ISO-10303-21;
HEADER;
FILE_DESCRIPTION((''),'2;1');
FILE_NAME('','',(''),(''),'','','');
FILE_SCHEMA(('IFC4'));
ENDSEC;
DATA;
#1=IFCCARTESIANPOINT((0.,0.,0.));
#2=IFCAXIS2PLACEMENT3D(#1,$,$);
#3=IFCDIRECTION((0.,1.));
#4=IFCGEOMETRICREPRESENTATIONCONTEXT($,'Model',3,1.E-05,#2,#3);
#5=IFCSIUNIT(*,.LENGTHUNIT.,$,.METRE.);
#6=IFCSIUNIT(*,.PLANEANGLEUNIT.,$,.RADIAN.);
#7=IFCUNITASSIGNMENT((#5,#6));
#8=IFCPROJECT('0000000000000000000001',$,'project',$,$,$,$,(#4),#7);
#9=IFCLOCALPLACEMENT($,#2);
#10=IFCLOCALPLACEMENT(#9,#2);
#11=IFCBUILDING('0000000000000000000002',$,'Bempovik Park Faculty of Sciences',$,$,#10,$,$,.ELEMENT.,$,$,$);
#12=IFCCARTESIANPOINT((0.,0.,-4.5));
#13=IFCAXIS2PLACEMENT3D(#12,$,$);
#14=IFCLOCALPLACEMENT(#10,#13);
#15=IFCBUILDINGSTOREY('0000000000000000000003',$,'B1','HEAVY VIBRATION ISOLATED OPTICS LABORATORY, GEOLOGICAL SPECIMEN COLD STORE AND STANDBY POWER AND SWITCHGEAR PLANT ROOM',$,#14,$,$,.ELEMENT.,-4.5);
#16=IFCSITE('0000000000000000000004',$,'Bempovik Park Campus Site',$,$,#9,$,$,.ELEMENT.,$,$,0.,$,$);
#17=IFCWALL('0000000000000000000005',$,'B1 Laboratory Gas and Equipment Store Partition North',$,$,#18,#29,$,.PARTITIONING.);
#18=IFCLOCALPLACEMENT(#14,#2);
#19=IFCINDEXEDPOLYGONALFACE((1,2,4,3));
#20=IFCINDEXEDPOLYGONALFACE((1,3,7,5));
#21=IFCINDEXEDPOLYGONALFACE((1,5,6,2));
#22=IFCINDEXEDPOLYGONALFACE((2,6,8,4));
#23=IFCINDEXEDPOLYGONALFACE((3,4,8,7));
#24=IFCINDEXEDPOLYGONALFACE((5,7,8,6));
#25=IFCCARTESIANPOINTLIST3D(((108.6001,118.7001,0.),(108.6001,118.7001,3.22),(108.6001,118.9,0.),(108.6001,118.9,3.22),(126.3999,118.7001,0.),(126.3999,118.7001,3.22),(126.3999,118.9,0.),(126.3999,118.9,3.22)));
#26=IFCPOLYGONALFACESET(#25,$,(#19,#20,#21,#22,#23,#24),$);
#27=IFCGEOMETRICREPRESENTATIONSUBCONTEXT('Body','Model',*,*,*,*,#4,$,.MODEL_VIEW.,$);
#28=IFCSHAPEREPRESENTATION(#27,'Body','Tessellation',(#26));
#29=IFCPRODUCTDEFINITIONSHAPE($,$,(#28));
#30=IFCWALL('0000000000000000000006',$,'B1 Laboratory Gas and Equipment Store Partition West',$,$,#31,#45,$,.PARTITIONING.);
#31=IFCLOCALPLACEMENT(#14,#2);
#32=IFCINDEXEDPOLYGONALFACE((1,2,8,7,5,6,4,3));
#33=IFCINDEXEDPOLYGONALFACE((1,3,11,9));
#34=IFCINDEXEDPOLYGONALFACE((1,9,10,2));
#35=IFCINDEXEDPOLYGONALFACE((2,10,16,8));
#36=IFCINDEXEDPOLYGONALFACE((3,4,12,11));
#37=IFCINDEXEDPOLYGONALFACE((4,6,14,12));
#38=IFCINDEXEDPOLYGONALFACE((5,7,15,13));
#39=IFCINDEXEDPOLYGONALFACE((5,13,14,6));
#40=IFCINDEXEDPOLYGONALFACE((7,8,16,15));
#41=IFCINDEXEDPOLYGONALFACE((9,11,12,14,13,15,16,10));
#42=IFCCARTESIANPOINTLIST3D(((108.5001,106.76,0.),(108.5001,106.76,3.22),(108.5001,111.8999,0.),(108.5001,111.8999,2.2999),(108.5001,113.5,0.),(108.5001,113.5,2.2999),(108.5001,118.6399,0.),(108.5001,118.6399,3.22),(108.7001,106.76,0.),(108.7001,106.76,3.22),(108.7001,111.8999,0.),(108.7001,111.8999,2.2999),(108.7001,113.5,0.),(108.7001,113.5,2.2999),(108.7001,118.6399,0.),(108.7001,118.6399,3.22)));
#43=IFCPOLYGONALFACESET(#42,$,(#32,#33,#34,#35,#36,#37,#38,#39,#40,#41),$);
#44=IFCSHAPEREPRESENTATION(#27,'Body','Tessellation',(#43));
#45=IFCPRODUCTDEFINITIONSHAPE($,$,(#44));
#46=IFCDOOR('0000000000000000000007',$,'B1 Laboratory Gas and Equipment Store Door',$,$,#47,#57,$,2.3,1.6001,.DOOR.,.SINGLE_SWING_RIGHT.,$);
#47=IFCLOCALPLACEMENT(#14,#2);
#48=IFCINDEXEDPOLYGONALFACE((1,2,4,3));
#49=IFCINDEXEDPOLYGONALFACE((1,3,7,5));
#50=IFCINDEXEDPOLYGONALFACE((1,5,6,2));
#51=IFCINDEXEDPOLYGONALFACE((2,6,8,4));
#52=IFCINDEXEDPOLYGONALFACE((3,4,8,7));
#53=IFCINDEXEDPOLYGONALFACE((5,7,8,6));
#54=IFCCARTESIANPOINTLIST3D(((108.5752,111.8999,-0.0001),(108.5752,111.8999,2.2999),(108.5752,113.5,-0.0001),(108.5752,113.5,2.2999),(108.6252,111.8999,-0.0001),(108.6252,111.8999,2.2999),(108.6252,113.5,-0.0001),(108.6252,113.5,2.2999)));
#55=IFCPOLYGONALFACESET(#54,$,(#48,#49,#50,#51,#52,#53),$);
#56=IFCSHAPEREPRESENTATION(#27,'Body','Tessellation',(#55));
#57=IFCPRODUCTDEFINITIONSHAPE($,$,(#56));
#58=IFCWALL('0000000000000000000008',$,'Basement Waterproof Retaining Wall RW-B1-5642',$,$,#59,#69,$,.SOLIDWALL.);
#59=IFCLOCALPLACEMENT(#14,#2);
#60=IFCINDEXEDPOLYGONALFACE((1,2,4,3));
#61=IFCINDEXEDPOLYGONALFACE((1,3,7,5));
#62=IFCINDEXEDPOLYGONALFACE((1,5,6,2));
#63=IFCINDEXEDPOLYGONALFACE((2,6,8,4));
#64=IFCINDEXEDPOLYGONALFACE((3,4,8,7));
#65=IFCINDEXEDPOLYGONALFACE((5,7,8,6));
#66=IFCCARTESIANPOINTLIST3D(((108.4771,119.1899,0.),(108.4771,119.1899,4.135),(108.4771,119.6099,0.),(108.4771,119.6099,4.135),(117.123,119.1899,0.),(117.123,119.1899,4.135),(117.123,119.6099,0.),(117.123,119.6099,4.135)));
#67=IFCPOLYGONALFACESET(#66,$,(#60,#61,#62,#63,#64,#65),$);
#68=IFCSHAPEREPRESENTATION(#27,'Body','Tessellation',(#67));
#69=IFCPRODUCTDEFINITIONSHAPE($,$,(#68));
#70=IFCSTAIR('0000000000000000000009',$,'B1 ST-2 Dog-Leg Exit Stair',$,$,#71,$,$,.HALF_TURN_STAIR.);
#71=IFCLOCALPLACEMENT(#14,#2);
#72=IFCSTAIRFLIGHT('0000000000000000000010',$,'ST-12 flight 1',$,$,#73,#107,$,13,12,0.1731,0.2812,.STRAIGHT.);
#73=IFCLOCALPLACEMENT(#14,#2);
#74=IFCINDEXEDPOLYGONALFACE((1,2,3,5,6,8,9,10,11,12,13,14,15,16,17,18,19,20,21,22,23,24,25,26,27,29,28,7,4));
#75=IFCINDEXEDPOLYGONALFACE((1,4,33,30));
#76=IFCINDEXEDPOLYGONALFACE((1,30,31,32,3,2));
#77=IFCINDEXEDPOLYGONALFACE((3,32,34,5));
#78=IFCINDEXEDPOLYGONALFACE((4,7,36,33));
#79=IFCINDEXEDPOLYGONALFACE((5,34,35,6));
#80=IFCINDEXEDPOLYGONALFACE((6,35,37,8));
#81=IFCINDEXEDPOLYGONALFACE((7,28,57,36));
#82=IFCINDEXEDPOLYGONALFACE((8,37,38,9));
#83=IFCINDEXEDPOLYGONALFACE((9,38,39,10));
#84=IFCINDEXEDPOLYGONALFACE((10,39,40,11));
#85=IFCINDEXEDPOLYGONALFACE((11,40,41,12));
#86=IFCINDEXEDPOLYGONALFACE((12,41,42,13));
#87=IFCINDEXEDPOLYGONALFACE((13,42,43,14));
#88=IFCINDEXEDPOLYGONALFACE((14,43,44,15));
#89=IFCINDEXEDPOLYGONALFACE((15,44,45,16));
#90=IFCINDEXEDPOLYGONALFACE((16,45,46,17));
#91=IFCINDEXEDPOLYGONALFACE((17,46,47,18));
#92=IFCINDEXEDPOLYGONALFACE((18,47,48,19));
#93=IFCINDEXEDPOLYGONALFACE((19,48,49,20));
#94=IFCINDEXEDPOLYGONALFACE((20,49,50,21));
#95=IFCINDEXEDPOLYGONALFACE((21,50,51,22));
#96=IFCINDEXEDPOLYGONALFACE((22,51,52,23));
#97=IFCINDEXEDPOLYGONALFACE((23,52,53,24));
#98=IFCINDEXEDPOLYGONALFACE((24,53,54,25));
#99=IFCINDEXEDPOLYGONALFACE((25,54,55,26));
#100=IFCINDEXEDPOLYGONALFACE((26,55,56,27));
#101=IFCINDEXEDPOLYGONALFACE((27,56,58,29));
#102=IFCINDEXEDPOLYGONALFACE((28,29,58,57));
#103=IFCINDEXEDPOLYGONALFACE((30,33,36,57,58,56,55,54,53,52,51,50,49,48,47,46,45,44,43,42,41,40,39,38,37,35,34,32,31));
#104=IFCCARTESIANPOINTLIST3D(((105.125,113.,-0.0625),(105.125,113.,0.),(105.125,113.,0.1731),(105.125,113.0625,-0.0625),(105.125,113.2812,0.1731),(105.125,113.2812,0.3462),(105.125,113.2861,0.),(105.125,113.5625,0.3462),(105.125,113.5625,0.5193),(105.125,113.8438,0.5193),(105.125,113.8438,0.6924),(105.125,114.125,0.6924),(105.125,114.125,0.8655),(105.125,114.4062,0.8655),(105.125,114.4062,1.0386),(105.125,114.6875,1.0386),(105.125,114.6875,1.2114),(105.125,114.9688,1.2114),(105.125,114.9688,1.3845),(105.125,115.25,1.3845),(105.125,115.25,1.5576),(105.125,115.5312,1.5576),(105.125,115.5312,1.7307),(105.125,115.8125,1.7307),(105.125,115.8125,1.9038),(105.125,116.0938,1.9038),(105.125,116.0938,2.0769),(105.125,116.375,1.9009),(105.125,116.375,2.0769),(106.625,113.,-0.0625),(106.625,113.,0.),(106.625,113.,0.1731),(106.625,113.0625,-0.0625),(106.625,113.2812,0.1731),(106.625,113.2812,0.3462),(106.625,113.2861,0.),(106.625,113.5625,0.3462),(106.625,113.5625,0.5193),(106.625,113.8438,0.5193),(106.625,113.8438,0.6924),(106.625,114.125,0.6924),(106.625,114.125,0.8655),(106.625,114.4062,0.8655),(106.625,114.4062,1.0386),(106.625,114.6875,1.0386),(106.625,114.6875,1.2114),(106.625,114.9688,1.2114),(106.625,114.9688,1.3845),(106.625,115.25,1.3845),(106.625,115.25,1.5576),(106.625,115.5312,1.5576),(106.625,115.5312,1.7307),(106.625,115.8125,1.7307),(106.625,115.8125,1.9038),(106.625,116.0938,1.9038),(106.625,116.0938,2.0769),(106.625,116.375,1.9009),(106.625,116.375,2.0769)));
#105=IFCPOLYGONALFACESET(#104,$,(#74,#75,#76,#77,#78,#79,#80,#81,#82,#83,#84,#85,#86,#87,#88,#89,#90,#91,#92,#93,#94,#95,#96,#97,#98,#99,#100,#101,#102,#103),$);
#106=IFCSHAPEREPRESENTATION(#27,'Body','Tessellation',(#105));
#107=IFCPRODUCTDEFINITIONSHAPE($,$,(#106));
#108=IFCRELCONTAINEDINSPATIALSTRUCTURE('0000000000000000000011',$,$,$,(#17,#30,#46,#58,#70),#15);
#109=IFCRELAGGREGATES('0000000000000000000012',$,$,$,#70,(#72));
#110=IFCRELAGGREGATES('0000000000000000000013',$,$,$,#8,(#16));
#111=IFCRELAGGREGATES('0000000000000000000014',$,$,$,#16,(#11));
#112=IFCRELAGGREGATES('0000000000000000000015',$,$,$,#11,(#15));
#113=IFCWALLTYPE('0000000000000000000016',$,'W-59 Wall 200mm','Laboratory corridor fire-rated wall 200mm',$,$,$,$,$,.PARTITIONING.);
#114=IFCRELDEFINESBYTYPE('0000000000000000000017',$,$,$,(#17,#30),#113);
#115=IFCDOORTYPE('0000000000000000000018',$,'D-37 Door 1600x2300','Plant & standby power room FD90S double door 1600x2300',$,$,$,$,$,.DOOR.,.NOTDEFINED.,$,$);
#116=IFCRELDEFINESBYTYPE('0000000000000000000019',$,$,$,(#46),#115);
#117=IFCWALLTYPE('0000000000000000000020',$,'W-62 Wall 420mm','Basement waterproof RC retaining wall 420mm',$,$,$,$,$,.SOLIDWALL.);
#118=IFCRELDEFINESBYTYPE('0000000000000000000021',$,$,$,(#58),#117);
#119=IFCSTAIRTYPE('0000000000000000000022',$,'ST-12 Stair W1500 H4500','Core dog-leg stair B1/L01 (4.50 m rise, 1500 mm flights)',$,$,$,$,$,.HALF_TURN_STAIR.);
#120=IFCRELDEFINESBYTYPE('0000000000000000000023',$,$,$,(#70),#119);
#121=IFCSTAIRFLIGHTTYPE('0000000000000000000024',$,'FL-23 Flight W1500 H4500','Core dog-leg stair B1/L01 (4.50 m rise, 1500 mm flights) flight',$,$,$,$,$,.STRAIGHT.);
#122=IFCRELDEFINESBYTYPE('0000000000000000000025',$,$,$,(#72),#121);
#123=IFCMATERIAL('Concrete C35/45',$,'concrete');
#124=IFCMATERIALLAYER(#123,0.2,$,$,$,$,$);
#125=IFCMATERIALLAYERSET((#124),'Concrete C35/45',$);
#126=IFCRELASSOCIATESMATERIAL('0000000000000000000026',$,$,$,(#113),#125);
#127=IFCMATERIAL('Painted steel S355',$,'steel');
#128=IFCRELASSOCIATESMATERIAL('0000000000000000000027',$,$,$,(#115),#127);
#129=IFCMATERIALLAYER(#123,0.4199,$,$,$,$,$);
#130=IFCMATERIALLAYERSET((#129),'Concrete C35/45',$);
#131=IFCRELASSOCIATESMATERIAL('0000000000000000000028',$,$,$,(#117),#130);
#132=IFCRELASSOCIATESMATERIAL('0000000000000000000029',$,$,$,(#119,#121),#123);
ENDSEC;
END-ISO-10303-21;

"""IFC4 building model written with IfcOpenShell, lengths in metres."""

from ifc_helpers import new_model, si_unit, direction, frame, frame_2d, origin, place, context, subcontext, project, spatial, polyline, rectangle, outline, extrude, material, layer, layer_set, type_object, element, fill, aggregate, save


model = new_model("IFC4")

# Units and contexts
model_context = context("Model", 3, precision=1e-05, world=origin(), true_north=direction((0.0, 1.0)))
body_context = subcontext(model_context, "Body", "Model", "MODEL_VIEW")
ifc_project = project(units=[si_unit("LENGTHUNIT", "METRE"), si_unit("PLANEANGLEUNIT", "RADIAN")], contexts=[model_context])

# Site, building, storey
site_placement = place(None, origin())
site = spatial("IfcSite", under=ifc_project, at=site_placement, Name="Bempovik Park Campus Site", CompositionType="ELEMENT", RefElevation=0.0)
building_placement = place(site_placement, origin())
building = spatial("IfcBuilding", under=site, at=building_placement, Name="Bempovik Park Faculty of Sciences", CompositionType="ELEMENT")
storey_placement = place(building_placement, frame((0.0, 0.0, -4.5)))
storey = spatial("IfcBuildingStorey", under=building, at=storey_placement, Name="B1", Description="HEAVY VIBRATION ISOLATED OPTICS LABORATORY, GEOLOGICAL SPECIMEN COLD STORE AND STANDBY POWER AND SWITCHGEAR PLANT ROOM", CompositionType="ELEMENT", Elevation=-4.5)

# Shared definitions
ifc_material_1 = material(Name="Concrete C35/45", Category="concrete")

# Wall
ifc_layer_1 = layer(ifc_material_1, 0.2)
ifc_layer_set_1 = layer_set([ifc_layer_1], Name="Concrete C35/45")
wall_type_1 = type_object("IfcWallType", Name="W-59 Wall 200mm", Description="Laboratory corridor fire-rated wall 200mm", PredefinedType="PARTITIONING", material=ifc_layer_set_1)
for number, where, z_axis, x_axis, name in (
    (1, (108.6001, 118.8, 0.0), (0.0, 0.0, 1.0), (1.0, 0.0, 0.0), "B1 Laboratory Gas and Equipment Store Partition North"),
):
    element("IfcWall", number, at=place(storey_placement, frame(where, z_axis=z_axis, x_axis=x_axis)), inside=storey, type_object=wall_type_1, Name=name, PredefinedType="PARTITIONING", context=body_context, shape_type="SweptSolid", body=[
        extrude(rectangle(XDim=17.7998, YDim=0.2, at=frame_2d((8.8999, 0.0))), origin(), (0.0, 0.0, 1.0), 3.22),
    ])

# Wall, opening, door
wall_1_placement = place(storey_placement, frame((108.6001, 106.76, 0.0), z_axis=(0.0, 0.0, 1.0), x_axis=(0.0, 1.0, 0.0)))
wall_1 = element("IfcWall", 2, at=wall_1_placement, inside=storey, type_object=wall_type_1, Name="B1 Laboratory Gas and Equipment Store Partition West", PredefinedType="PARTITIONING", context=body_context, shape_type="SweptSolid", body=[
    extrude(rectangle(XDim=11.8799, YDim=0.2, at=frame_2d((5.9399, 0.0))), origin(), (0.0, 0.0, 1.0), 3.22),
])
opening_placement = place(wall_1_placement, frame((5.1399, 0.0, 0.0)))
opening = element("IfcOpeningElement", 3, at=opening_placement, cuts=wall_1, PredefinedType="OPENING", context=body_context, shape_type="SweptSolid", body=[
    extrude(rectangle(XDim=1.6001, YDim=2.3, at=frame_2d((0.8, 1.1499))), frame((0.0, 0.1099, 0.0), z_axis=(0.0, -1.0, 0.0), x_axis=(1.0, 0.0, 0.0)), (0.0, 0.0, 1.0), 0.22),
])
ifc_material_2 = material(Name="Painted steel S355", Category="steel")
door_type = type_object("IfcDoorType", Name="D-37 Door 1600x2300", Description="Plant & standby power room FD90S double door 1600x2300", OperationType="NOTDEFINED", PredefinedType="DOOR", material=ifc_material_2)
door_placement = place(opening_placement, origin())
door = element("IfcDoor", 4, at=door_placement, inside=storey, type_object=door_type, Name="B1 Laboratory Gas and Equipment Store Door", OperationType="SINGLE_SWING_RIGHT", OverallHeight=2.3, OverallWidth=1.6001, PredefinedType="DOOR", context=body_context, shape_type="SweptSolid", body=[
    extrude(rectangle(XDim=1.6001, YDim=2.3, at=frame_2d((0.8, 1.1499))), frame((0.0, 0.0249, 0.0), z_axis=(0.0, -1.0, 0.0), x_axis=(1.0, 0.0, 0.0)), (0.0, 0.0, 1.0), 0.05),
])
fill(opening, door)

# Wall
ifc_layer_2 = layer(ifc_material_1, 0.4199)
ifc_layer_set_2 = layer_set([ifc_layer_2], Name="Concrete C35/45")
wall_type_2 = type_object("IfcWallType", Name="W-62 Wall 420mm", Description="Basement waterproof RC retaining wall 420mm", PredefinedType="SOLIDWALL", material=ifc_layer_set_2)
wall_2_placement = place(storey_placement, frame((108.4771, 119.3999, 0.0), z_axis=(0.0, 0.0, 1.0), x_axis=(1.0, 0.0, 0.0)))
element("IfcWall", 5, at=wall_2_placement, inside=storey, type_object=wall_type_2, Name="Basement Waterproof Retaining Wall RW-B1-5642", PredefinedType="SOLIDWALL", context=body_context, shape_type="SweptSolid", body=[
    extrude(rectangle(XDim=8.646, YDim=0.4199, at=frame_2d((4.323, 0.0))), origin(), (0.0, 0.0, 1.0), 4.135),
])

# Stair, stair flight
stair_type = type_object("IfcStairType", Name="ST-12 Stair W1500 H4500", Description="Core dog-leg stair B1/L01 (4.50 m rise, 1500 mm flights)", PredefinedType="HALF_TURN_STAIR", material=ifc_material_1)
stair_placement = place(storey_placement, origin())
stair = element("IfcStair", 6, at=stair_placement, inside=storey, type_object=stair_type, Name="B1 ST-2 Dog-Leg Exit Stair", PredefinedType="HALF_TURN_STAIR")
stair_flight_type = type_object("IfcStairFlightType", Name="FL-23 Flight W1500 H4500", Description="Core dog-leg stair B1/L01 (4.50 m rise, 1500 mm flights) flight", PredefinedType="STRAIGHT", material=ifc_material_1)
stair_flight_placement = place(storey_placement, frame((105.875, 113.0, 0.0), z_axis=(0.0, 0.0, 1.0), x_axis=(0.0, 1.0, 0.0)))
stair_flight = element("IfcStairFlight", 7, at=stair_flight_placement, type_object=stair_flight_type, Name="ST-12 flight 1", NumberOfRisers=13, NumberOfTreads=12, PredefinedType="STRAIGHT", RiserHeight=0.1731, TreadLength=0.2812, context=body_context, shape_type="SweptSolid", body=[
    extrude(outline(polyline([(0.0, 0.0), (0.0, 0.1731), (0.2812, 0.1731), (0.2812, 0.3462), (0.5625, 0.3462), (0.5625, 0.5193), (0.8438, 0.5193), (0.8438, 0.6924), (1.125, 0.6924), (1.125, 0.8655), (1.4062, 0.8655), (1.4062, 1.0386), (1.6875, 1.0386), (1.6875, 1.2114), (1.9688, 1.2114), (1.9688, 1.3845), (2.25, 1.3845), (2.25, 1.5576), (2.5312, 1.5576), (2.5312, 1.7307), (2.8125, 1.7307), (2.8125, 1.9038), (3.0938, 1.9038), (3.0938, 2.0769), (3.375, 2.0769), (3.375, 2.25), (3.375, 1.9009), (0.2861, 0.0), (0.0625, -0.0625), (0.0, -0.0625), (0.0, 0.0)])), frame((0.0, 0.75, 0.0), z_axis=(0.0, -1.0, 0.0), x_axis=(1.0, 0.0, 0.0)), (0.0, 0.0, 1.0), 1.5),
])
aggregate(stair, [stair_flight])

save(model, "model.ifc")
